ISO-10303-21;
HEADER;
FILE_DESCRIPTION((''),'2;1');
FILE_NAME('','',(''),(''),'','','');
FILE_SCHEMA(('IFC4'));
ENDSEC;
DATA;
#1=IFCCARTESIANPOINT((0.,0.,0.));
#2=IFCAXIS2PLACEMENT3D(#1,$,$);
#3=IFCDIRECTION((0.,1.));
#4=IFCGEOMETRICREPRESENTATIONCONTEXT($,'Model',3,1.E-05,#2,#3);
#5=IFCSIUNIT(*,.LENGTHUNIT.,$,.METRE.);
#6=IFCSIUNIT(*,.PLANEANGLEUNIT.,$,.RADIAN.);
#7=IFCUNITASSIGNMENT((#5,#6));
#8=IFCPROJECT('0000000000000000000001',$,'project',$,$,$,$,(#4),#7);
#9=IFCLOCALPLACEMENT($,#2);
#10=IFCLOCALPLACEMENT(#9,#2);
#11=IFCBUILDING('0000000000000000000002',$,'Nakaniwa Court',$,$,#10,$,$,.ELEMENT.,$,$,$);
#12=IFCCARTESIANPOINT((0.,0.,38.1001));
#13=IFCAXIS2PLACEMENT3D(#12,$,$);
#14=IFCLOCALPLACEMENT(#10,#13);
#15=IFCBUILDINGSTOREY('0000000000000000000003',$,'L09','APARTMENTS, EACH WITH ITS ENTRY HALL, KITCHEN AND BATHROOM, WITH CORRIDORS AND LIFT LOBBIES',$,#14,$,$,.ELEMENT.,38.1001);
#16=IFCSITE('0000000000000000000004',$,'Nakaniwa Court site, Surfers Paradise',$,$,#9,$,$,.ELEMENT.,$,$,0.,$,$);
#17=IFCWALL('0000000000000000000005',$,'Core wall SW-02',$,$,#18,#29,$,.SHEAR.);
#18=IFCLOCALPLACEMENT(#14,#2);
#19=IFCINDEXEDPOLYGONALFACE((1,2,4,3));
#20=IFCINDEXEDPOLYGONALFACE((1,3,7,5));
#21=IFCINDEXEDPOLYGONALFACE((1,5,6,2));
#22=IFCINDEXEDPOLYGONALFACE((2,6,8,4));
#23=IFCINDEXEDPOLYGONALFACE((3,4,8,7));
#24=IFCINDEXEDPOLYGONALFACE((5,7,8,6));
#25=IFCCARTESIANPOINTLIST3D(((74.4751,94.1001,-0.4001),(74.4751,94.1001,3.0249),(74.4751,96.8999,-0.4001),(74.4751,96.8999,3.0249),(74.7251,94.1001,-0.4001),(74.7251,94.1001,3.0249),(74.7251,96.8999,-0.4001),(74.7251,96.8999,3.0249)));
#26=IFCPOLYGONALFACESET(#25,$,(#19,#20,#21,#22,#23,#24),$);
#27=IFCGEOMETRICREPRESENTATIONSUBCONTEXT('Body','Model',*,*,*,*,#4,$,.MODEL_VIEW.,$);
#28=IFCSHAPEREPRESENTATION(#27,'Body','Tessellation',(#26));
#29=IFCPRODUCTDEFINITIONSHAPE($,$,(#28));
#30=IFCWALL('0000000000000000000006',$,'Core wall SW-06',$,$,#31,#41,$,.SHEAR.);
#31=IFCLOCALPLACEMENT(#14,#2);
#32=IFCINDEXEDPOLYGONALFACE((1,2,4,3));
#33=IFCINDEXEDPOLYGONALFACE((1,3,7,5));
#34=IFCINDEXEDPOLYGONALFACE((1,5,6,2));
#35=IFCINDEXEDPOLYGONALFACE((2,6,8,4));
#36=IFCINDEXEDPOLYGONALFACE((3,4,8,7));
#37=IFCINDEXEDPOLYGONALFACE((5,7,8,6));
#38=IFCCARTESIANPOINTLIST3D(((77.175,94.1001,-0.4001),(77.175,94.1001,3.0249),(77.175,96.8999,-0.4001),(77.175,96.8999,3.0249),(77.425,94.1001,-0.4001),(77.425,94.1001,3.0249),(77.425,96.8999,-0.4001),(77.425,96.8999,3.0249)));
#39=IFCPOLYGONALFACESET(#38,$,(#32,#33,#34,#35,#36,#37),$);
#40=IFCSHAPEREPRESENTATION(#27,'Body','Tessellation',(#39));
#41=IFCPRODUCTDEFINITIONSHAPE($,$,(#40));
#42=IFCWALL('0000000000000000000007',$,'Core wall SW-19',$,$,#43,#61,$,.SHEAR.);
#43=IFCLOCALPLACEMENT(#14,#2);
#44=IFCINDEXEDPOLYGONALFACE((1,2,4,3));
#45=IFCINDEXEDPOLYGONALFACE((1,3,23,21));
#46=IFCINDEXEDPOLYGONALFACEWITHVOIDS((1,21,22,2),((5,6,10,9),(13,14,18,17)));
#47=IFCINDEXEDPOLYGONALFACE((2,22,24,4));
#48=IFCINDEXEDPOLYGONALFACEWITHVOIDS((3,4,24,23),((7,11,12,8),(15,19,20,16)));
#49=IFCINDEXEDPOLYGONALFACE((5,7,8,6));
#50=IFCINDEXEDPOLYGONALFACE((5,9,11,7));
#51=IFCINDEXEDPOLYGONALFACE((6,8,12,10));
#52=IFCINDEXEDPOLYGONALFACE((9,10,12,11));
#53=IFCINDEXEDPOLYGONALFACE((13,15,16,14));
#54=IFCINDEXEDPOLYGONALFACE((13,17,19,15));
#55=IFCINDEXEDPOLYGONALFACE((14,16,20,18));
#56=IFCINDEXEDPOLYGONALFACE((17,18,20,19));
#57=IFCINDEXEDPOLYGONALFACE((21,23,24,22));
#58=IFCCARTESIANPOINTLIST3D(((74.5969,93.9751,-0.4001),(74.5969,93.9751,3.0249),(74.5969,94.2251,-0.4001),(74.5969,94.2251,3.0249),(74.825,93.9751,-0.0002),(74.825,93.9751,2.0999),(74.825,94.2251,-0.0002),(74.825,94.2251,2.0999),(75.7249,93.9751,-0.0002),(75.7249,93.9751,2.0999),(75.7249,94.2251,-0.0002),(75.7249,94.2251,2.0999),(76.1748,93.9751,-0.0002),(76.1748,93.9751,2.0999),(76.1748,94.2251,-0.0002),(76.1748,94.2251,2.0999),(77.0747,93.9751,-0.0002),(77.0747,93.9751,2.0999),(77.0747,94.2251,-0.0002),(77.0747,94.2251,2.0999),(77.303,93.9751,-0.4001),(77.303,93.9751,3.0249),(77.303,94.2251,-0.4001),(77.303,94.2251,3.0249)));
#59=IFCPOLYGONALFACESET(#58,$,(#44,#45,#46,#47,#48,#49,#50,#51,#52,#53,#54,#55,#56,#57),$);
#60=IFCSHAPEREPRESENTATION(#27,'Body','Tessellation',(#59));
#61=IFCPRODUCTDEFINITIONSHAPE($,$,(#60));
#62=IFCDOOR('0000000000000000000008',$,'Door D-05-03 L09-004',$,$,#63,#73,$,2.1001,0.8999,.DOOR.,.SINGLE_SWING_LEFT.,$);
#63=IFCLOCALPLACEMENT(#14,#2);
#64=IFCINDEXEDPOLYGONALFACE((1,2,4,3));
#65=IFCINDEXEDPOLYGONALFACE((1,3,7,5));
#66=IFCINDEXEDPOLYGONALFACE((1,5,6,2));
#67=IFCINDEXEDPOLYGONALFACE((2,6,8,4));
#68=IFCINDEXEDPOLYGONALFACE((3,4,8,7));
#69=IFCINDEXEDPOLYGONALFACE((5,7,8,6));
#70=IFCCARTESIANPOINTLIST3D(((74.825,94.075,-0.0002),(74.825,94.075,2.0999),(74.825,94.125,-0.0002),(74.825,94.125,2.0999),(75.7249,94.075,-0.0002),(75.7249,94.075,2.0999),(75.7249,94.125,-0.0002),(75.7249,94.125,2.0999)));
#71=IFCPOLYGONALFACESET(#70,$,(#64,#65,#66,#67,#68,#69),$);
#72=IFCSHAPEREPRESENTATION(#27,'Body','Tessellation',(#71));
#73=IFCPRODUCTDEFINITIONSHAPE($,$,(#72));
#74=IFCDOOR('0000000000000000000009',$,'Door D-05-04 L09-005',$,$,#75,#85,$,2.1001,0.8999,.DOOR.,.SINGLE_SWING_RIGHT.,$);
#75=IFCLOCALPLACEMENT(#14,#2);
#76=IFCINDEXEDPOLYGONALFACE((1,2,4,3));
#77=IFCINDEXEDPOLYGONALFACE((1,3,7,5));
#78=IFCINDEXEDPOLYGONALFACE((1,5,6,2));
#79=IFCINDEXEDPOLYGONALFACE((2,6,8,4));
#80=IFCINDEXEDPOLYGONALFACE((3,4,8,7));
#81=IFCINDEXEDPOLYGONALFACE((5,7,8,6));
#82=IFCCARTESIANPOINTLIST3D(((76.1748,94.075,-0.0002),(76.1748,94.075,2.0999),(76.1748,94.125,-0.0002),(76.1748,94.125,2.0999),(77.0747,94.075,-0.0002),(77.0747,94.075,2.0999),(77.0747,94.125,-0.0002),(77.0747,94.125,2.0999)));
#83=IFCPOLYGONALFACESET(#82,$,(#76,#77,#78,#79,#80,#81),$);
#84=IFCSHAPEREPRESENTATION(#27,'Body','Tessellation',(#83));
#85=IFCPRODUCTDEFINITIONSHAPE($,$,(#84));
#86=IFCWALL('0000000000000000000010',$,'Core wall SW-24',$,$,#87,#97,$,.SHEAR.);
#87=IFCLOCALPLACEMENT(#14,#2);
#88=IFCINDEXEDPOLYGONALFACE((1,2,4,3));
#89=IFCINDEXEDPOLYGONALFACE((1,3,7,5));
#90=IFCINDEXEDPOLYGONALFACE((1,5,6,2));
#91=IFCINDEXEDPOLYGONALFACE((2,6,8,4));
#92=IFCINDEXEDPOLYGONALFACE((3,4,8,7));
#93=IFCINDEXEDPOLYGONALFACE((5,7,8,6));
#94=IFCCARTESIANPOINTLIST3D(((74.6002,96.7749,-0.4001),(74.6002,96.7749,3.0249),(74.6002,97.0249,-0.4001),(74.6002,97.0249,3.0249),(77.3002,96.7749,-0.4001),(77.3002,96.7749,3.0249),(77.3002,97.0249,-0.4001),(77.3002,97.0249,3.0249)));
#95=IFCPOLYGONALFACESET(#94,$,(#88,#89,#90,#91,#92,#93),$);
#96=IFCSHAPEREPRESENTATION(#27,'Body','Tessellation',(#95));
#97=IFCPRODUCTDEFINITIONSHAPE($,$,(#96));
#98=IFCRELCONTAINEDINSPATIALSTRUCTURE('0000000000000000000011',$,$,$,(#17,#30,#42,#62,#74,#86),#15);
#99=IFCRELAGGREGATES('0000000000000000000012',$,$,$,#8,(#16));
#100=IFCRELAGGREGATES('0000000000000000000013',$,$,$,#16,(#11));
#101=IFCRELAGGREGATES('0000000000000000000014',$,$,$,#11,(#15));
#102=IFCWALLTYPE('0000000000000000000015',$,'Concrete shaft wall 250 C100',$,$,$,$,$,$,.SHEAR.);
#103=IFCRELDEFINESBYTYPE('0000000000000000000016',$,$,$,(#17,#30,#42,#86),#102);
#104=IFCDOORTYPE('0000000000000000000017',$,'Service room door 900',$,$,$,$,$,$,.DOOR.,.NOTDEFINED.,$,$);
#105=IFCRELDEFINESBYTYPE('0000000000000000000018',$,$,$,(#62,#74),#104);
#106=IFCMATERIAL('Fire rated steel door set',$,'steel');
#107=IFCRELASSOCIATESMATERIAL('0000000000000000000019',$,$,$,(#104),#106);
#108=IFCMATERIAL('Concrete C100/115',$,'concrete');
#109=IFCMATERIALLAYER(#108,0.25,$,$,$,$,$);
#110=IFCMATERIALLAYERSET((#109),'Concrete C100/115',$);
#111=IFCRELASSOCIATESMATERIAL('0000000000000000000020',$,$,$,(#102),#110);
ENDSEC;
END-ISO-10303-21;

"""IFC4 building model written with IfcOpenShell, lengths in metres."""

from ifc_helpers import new_model, si_unit, direction, frame, frame_2d, origin, place, context, subcontext, project, spatial, rectangle, extrude, material, layer, layer_set, type_object, element, fill, save


model = new_model("IFC4")

# Units and contexts
model_context = context("Model", 3, precision=1e-05, world=origin(), true_north=direction((0.0, 1.0)))
body_context = subcontext(model_context, "Body", "Model", "MODEL_VIEW")
ifc_project = project(units=[si_unit("LENGTHUNIT", "METRE"), si_unit("PLANEANGLEUNIT", "RADIAN")], contexts=[model_context])

# Site, building, storey
site_placement = place(None, origin())
site = spatial("IfcSite", under=ifc_project, at=site_placement, Name="Nakaniwa Court site, Surfers Paradise", CompositionType="ELEMENT", RefElevation=0.0)
building_placement = place(site_placement, origin())
building = spatial("IfcBuilding", under=site, at=building_placement, Name="Nakaniwa Court", CompositionType="ELEMENT")
storey_placement = place(building_placement, frame((0.0, 0.0, 38.1001)))
storey = spatial("IfcBuildingStorey", under=building, at=storey_placement, Name="L09", Description="APARTMENTS, EACH WITH ITS ENTRY HALL, KITCHEN AND BATHROOM, WITH CORRIDORS AND LIFT LOBBIES", CompositionType="ELEMENT", Elevation=38.1001)

# Shared definitions
ifc_material_1 = material(Name="Fire rated steel door set", Category="steel")
door_type_1 = type_object("IfcDoorType", Name="Service room door 900", OperationType="NOTDEFINED", PredefinedType="DOOR", material=ifc_material_1)

# Shared definitions
ifc_material_2 = material(Name="Concrete C100/115", Category="concrete")

# Walls
ifc_layer_1 = layer(ifc_material_2, 0.25)
ifc_layer_set_1 = layer_set([ifc_layer_1], Name="Concrete C100/115")
wall_type_1 = type_object("IfcWallType", Name="Concrete shaft wall 250 C100", PredefinedType="SHEAR", material=ifc_layer_set_1)
for number, where, z_axis, x_axis, name in (
    (1, (74.6001, 94.1001, -0.4001), (0.0, 0.0, 1.0), (0.0, 1.0, 0.0), "Core wall SW-02"),
    (2, (77.3, 94.1001, -0.4001), (0.0, 0.0, 1.0), (0.0, 1.0, 0.0), "Core wall SW-06"),
):
    element("IfcWall", number, at=place(storey_placement, frame(where, z_axis=z_axis, x_axis=x_axis)), inside=storey, type_object=wall_type_1, Name=name, PredefinedType="SHEAR", context=body_context, shape_type="SweptSolid", body=[
        extrude(rectangle(XDim=2.7998, YDim=0.25, at=frame_2d((1.3999, 0.0))), origin(), (0.0, 0.0, 1.0), 3.425),
    ])

# Wall, openings, doors
wall_1_placement = place(storey_placement, frame((74.5969, 94.1001, -0.4001), z_axis=(0.0, 0.0, 1.0), x_axis=(1.0, 0.0, 0.0)))
wall_1 = element("IfcWall", 3, at=wall_1_placement, inside=storey, type_object=wall_type_1, Name="Core wall SW-19", PredefinedType="SHEAR", context=body_context, shape_type="SweptSolid", body=[
    extrude(rectangle(XDim=2.7061, YDim=0.25, at=frame_2d((1.353, 0.0))), origin(), (0.0, 0.0, 1.0), 3.425),
])
opening_1_placement = place(wall_1_placement, frame((0.228, 0.0, 0.3999)))
opening_1 = element("IfcOpeningElement", 4, at=opening_1_placement, cuts=wall_1, PredefinedType="OPENING", context=body_context, shape_type="SweptSolid", body=[
    extrude(rectangle(XDim=0.8999, YDim=2.1001, at=frame_2d((0.45, 1.05))), frame((0.0, 0.135, 0.0), z_axis=(0.0, -1.0, 0.0), x_axis=(1.0, 0.0, 0.0)), (0.0, 0.0, 1.0), 0.27),
])
opening_2_placement = place(wall_1_placement, frame((1.5779, 0.0, 0.3999)))
opening_2 = element("IfcOpeningElement", 5, at=opening_2_placement, cuts=wall_1, PredefinedType="OPENING", context=body_context, shape_type="SweptSolid", body=[
    extrude(rectangle(XDim=0.8999, YDim=2.1001, at=frame_2d((0.45, 1.05))), frame((0.0, 0.135, 0.0), z_axis=(0.0, -1.0, 0.0), x_axis=(1.0, 0.0, 0.0)), (0.0, 0.0, 1.0), 0.27),
])
door_1_placement = place(opening_1_placement, origin())
door_1 = element("IfcDoor", 6, at=door_1_placement, inside=storey, type_object=door_type_1, Name="Door D-05-03 L09-004", OperationType="SINGLE_SWING_LEFT", OverallHeight=2.1001, OverallWidth=0.8999, PredefinedType="DOOR", context=body_context, shape_type="SweptSolid", body=[
    extrude(rectangle(XDim=0.8999, YDim=2.1001, at=frame_2d((0.45, 1.05))), frame((0.0, 0.0249, 0.0), z_axis=(0.0, -1.0, 0.0), x_axis=(1.0, 0.0, 0.0)), (0.0, 0.0, 1.0), 0.05),
])
fill(opening_1, door_1)
door_2_placement = place(opening_2_placement, origin())
door_2 = element("IfcDoor", 7, at=door_2_placement, inside=storey, type_object=door_type_1, Name="Door D-05-04 L09-005", OperationType="SINGLE_SWING_RIGHT", OverallHeight=2.1001, OverallWidth=0.8999, PredefinedType="DOOR", context=body_context, shape_type="SweptSolid", body=[
    extrude(rectangle(XDim=0.8999, YDim=2.1001, at=frame_2d((0.45, 1.05))), frame((0.0, 0.0249, 0.0), z_axis=(0.0, -1.0, 0.0), x_axis=(1.0, 0.0, 0.0)), (0.0, 0.0, 1.0), 0.05),
])
fill(opening_2, door_2)

# Wall
wall_2_placement = place(storey_placement, frame((74.6001, 96.8999, -0.4001), z_axis=(0.0, 0.0, 1.0), x_axis=(1.0, 0.0, 0.0)))
element("IfcWall", 8, at=wall_2_placement, inside=storey, type_object=wall_type_1, Name="Core wall SW-24", PredefinedType="SHEAR", context=body_context, shape_type="SweptSolid", body=[
    extrude(rectangle(XDim=2.7, YDim=0.25, at=frame_2d((1.3501, 0.0))), origin(), (0.0, 0.0, 1.0), 3.425),
])

save(model, "model.ifc")
